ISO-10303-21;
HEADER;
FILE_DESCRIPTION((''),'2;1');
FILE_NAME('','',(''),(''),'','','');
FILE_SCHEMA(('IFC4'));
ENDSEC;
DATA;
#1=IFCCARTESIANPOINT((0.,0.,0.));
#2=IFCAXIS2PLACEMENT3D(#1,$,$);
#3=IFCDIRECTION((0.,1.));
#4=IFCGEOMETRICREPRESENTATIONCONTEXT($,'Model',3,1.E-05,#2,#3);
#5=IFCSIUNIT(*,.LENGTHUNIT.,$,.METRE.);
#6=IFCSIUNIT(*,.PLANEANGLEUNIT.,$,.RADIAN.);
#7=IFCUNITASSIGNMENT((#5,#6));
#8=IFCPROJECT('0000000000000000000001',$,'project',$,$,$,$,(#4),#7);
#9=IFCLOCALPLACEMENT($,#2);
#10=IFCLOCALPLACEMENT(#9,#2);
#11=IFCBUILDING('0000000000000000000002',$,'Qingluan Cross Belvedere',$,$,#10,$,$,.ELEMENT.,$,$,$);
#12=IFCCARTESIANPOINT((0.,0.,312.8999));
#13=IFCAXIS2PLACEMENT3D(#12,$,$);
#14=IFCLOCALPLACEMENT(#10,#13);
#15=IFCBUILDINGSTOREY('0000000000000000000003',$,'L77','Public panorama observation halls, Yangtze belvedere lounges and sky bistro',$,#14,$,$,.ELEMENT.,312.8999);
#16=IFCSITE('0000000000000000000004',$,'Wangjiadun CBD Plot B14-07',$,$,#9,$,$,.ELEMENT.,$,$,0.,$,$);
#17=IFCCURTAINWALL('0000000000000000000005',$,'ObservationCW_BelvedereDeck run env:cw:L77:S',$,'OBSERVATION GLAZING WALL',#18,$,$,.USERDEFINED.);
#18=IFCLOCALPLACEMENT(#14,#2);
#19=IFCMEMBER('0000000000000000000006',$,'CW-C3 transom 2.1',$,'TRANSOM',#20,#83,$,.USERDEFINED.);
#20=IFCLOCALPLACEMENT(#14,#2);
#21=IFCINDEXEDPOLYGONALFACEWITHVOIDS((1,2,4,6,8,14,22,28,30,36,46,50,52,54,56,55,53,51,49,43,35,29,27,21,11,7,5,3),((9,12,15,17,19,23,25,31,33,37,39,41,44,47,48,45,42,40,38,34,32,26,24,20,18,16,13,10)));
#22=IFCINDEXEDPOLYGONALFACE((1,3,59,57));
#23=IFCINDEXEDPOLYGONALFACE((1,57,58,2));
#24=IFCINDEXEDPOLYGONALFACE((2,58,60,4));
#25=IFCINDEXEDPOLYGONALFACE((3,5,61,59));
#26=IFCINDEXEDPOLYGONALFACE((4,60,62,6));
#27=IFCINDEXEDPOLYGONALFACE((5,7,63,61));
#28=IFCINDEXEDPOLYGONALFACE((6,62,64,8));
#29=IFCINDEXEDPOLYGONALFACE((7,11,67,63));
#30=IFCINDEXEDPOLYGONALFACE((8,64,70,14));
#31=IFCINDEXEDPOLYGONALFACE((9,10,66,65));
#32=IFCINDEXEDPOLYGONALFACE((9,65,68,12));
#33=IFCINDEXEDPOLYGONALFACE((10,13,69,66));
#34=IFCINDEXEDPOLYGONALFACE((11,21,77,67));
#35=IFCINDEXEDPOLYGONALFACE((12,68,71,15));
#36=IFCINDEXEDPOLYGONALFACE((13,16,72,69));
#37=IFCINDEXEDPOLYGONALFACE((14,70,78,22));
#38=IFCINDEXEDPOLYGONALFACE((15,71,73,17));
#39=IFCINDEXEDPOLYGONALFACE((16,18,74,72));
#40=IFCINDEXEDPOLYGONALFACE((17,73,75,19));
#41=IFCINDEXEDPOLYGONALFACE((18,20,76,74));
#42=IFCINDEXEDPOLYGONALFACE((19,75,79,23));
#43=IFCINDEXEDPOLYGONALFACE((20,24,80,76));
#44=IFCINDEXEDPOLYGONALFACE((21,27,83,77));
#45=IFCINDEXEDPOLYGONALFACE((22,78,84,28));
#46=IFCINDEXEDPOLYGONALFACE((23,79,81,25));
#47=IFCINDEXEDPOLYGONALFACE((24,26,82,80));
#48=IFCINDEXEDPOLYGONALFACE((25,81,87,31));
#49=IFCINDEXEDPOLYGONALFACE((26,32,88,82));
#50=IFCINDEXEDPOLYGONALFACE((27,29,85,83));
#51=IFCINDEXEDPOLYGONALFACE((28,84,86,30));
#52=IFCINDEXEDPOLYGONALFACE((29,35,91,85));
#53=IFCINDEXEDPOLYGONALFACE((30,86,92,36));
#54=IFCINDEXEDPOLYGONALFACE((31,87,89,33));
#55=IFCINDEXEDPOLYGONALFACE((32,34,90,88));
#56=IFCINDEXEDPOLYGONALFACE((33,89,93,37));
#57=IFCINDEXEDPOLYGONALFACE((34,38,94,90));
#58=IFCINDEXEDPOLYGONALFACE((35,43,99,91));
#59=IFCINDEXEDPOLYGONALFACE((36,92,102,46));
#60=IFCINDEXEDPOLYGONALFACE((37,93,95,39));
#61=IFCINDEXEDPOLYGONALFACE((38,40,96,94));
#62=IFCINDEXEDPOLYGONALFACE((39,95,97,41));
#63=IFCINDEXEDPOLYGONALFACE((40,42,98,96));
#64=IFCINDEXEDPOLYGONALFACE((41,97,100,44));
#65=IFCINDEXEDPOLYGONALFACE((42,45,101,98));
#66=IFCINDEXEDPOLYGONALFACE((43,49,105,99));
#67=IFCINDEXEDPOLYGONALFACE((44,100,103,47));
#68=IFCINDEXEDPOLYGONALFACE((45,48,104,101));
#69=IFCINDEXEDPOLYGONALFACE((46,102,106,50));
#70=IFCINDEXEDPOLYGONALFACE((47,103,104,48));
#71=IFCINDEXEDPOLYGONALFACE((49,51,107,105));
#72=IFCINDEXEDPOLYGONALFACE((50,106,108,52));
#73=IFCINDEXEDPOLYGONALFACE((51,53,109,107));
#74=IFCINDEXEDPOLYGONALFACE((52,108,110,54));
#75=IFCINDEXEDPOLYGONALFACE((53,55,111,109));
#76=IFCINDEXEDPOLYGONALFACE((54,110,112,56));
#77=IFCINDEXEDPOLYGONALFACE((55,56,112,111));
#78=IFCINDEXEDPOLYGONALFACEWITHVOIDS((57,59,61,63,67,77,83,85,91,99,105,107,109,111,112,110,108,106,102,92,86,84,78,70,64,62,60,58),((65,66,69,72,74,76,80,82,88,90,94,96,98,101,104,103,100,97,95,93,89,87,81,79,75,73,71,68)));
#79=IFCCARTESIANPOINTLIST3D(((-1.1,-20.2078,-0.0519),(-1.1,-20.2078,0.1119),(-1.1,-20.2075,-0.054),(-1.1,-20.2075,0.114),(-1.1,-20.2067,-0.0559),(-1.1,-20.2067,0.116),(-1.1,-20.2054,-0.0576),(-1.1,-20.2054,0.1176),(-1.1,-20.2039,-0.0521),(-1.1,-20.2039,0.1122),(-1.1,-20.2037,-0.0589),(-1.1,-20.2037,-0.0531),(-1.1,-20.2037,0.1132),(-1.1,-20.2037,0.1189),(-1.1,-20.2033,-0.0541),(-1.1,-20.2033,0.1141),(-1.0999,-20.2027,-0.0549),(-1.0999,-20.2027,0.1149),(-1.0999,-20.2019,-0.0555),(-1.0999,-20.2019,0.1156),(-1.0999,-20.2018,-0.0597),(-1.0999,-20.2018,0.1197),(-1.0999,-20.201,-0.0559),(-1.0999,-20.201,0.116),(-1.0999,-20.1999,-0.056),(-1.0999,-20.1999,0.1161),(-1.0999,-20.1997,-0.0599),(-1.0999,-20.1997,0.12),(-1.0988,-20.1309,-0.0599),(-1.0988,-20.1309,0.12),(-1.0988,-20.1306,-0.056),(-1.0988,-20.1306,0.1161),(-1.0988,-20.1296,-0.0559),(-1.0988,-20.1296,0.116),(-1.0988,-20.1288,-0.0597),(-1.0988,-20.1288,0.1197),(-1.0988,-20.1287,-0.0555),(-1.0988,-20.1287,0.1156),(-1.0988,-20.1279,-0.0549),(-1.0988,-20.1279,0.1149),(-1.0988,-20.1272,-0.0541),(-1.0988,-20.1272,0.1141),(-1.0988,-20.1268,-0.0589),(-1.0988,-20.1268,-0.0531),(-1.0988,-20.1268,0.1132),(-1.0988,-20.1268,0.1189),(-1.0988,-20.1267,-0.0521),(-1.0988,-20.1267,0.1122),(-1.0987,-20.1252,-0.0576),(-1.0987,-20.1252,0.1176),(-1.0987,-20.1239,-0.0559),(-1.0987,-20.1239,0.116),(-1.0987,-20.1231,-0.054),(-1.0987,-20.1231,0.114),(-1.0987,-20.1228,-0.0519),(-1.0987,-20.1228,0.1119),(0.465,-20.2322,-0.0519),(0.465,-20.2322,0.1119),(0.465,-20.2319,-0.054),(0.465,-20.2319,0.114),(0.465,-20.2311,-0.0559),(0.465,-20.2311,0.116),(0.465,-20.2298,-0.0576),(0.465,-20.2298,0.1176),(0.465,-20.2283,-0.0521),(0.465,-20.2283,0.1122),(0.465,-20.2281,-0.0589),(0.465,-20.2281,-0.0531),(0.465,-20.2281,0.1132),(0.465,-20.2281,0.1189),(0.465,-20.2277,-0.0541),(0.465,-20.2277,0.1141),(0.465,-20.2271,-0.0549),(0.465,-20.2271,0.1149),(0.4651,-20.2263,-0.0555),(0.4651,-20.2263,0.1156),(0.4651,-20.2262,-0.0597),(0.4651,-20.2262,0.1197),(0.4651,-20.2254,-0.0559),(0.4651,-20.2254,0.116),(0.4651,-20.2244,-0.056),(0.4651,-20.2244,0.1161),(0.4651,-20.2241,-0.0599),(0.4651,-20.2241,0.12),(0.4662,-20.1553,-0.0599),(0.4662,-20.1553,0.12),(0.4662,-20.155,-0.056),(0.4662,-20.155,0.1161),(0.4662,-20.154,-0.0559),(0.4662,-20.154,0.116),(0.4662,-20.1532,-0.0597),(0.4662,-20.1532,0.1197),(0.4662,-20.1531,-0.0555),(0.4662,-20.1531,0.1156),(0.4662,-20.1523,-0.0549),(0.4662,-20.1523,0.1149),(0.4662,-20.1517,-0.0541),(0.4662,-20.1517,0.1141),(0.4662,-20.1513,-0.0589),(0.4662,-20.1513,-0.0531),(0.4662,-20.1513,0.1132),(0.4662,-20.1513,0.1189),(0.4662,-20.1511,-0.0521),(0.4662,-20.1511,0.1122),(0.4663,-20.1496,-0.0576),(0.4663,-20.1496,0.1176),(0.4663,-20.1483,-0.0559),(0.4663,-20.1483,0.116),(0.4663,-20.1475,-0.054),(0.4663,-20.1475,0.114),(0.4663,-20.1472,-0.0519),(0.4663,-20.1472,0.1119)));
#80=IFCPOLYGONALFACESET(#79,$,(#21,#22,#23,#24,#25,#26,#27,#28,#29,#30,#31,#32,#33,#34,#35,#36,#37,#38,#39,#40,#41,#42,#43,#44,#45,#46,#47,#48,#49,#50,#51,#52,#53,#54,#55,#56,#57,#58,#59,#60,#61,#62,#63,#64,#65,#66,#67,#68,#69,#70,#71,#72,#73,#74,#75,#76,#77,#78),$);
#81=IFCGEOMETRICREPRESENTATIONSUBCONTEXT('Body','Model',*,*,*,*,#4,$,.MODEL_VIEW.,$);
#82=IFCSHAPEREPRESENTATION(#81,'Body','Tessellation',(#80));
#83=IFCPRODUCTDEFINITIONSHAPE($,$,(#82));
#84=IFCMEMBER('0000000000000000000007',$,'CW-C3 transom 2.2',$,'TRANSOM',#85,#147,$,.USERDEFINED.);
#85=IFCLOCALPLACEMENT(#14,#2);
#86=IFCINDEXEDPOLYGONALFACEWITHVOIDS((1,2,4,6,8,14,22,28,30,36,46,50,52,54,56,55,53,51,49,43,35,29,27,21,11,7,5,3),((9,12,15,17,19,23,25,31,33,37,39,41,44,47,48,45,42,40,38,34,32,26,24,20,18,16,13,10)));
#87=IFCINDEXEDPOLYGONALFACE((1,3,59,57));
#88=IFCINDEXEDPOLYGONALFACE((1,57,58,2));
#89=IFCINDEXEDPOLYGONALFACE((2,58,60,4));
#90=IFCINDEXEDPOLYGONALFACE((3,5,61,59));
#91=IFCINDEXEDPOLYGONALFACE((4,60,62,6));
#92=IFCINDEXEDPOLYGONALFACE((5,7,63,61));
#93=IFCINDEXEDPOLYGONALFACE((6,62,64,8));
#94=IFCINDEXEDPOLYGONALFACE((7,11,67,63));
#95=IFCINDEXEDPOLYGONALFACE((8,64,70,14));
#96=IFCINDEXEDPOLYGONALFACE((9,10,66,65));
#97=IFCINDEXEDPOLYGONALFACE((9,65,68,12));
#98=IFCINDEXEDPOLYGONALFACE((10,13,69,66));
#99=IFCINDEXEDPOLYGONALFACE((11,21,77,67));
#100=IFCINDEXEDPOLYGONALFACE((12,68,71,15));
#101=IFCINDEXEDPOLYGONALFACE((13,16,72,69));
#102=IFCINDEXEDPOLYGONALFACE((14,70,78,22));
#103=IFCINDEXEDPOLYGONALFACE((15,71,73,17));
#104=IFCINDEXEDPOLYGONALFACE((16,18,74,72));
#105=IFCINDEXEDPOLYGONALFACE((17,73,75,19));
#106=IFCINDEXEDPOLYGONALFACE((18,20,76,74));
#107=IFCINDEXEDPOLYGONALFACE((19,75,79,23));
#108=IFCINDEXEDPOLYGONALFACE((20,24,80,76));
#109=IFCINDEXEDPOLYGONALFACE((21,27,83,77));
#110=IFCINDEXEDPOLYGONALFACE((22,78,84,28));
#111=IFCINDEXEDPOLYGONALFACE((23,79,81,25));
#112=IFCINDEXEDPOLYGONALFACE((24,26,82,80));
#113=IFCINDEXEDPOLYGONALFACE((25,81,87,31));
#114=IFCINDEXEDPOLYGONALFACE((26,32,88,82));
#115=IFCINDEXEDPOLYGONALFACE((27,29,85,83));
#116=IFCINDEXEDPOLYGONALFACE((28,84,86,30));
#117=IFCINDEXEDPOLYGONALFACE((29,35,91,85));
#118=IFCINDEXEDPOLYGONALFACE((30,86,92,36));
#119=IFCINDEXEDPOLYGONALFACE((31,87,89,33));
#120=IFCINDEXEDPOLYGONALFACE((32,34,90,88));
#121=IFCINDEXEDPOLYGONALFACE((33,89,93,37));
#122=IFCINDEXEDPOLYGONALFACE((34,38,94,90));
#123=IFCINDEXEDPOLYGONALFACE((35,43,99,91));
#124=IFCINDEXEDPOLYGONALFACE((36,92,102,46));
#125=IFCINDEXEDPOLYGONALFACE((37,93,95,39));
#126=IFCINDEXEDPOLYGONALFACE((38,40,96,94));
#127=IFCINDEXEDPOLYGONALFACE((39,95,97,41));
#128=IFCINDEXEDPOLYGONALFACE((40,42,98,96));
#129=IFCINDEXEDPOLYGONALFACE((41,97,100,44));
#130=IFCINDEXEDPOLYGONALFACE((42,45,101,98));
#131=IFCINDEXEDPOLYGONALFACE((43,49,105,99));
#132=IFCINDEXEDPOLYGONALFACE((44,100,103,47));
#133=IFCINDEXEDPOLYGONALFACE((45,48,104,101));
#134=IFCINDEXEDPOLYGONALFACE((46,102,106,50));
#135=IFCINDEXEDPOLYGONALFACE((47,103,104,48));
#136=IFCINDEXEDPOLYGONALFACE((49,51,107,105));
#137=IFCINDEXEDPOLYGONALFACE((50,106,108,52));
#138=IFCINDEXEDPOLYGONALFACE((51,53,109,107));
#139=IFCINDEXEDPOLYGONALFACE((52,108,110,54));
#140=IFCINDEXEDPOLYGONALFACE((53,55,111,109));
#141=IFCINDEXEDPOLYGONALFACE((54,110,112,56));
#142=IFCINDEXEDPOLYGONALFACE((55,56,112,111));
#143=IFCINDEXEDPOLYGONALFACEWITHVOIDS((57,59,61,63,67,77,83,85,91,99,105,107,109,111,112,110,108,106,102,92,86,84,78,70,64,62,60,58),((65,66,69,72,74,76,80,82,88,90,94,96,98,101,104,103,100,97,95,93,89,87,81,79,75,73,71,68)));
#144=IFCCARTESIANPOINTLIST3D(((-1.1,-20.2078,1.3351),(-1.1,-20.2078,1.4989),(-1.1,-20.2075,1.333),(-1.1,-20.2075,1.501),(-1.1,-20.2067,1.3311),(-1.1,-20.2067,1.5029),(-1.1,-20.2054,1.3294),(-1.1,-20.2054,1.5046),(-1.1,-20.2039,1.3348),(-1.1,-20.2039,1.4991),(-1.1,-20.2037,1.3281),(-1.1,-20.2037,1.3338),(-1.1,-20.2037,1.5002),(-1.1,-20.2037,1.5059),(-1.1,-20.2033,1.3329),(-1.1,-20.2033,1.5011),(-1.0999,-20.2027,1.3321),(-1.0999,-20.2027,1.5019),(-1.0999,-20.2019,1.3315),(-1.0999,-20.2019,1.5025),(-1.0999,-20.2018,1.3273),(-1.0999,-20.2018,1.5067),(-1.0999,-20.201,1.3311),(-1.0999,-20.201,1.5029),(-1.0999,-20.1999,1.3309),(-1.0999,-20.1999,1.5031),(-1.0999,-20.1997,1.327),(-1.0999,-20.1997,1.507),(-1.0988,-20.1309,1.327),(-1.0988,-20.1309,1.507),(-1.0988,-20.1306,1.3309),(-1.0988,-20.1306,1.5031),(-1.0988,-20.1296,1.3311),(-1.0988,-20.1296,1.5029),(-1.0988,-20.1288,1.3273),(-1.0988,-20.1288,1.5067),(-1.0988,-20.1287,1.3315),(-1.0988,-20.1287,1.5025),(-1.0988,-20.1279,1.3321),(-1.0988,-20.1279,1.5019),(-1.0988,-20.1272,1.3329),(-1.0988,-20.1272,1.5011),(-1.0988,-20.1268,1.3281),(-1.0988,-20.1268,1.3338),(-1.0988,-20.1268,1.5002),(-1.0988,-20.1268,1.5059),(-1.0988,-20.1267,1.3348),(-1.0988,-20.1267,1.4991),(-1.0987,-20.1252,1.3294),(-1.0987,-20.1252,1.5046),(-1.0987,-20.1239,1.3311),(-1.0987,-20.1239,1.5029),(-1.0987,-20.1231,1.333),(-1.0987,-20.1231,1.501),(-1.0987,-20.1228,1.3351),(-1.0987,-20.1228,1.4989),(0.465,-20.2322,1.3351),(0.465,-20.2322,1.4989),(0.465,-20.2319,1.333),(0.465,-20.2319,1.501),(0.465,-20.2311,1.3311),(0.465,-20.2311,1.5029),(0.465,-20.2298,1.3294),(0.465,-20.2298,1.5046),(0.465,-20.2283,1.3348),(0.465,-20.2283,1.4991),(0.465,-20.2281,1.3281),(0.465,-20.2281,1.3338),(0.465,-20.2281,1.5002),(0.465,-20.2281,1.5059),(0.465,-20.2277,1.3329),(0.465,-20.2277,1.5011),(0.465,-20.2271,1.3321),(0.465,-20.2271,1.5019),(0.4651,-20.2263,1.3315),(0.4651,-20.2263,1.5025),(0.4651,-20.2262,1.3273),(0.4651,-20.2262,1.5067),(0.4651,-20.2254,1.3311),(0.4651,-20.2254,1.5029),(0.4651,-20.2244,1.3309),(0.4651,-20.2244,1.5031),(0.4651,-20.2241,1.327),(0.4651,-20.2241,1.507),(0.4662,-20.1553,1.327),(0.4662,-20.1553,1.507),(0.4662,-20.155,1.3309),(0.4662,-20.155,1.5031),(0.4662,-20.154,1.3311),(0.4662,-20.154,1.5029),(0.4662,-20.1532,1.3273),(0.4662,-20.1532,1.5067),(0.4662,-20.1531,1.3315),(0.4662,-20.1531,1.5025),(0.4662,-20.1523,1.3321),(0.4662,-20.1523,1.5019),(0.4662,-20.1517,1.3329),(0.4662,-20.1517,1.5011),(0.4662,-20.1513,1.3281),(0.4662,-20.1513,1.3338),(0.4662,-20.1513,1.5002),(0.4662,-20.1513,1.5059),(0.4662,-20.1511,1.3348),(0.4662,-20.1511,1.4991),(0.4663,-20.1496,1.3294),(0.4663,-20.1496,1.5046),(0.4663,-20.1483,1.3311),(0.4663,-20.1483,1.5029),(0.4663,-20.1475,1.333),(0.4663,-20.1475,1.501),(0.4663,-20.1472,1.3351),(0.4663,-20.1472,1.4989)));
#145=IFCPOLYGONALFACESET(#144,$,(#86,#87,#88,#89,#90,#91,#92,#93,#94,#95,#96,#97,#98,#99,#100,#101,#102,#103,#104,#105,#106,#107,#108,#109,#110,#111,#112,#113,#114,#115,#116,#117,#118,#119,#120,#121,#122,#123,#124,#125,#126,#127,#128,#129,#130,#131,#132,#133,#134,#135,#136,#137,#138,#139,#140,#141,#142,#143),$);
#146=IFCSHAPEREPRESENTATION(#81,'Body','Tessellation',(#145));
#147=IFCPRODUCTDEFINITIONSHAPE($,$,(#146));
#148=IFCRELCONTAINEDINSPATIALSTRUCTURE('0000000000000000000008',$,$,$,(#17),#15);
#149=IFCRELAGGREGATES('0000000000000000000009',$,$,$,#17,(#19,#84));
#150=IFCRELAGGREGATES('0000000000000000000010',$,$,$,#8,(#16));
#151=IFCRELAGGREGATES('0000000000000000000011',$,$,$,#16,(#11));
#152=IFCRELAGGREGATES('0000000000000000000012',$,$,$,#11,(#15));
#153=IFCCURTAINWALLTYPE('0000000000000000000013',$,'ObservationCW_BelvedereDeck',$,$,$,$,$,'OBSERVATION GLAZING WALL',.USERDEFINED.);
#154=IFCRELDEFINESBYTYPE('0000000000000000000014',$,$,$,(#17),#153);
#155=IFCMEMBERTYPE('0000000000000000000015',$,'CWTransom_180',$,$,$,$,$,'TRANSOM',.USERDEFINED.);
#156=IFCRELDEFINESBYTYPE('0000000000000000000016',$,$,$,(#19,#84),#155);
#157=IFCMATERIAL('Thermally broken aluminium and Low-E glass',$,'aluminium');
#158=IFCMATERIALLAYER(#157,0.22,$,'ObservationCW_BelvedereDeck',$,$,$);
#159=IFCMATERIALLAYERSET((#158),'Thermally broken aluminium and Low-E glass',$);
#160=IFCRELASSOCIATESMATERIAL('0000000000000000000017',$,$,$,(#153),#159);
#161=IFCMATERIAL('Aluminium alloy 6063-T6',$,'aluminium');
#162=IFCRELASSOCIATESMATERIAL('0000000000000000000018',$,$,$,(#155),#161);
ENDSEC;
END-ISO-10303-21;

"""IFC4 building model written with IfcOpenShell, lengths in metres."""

from ifc_helpers import new_model, si_unit, direction, frame, origin, origin_2d, place, context, subcontext, project, spatial, hollow_rectangle, extrude, material, layer, layer_set, material_profile, profile_set, type_object, element, aggregate, save


model = new_model("IFC4")

# Units and contexts
model_context = context("Model", 3, precision=1e-05, world=origin(), true_north=direction((0.0, 1.0)))
body_context = subcontext(model_context, "Body", "Model", "MODEL_VIEW")
ifc_project = project(units=[si_unit("LENGTHUNIT", "METRE"), si_unit("PLANEANGLEUNIT", "RADIAN")], contexts=[model_context])

# Site, building, storey
site_placement = place(None, origin())
site = spatial("IfcSite", under=ifc_project, at=site_placement, Name="Wangjiadun CBD Plot B14-07", CompositionType="ELEMENT", RefElevation=0.0)
building_placement = place(site_placement, origin())
building = spatial("IfcBuilding", under=site, at=building_placement, Name="Qingluan Cross Belvedere", CompositionType="ELEMENT")
storey_placement = place(building_placement, frame((0.0, 0.0, 312.8999)))
storey = spatial("IfcBuildingStorey", under=building, at=storey_placement, Name="L77", Description="Public panorama observation halls, Yangtze belvedere lounges and sky bistro", CompositionType="ELEMENT", Elevation=312.8999)

# Curtain wall, members
ifc_material_1 = material(Name="Thermally broken aluminium and Low-E glass", Category="aluminium")
ifc_layer_1 = layer(ifc_material_1, 0.22, Name="ObservationCW_BelvedereDeck")
ifc_layer_set_1 = layer_set([ifc_layer_1], Name="Thermally broken aluminium and Low-E glass")
curtain_wall_type = type_object("IfcCurtainWallType", Name="ObservationCW_BelvedereDeck", ElementType="OBSERVATION GLAZING WALL", PredefinedType="USERDEFINED", material=ifc_layer_set_1)
curtain_wall_placement = place(storey_placement, origin())
curtain_wall = element("IfcCurtainWall", 1, at=curtain_wall_placement, inside=storey, type_object=curtain_wall_type, Name="ObservationCW_BelvedereDeck run env:cw:L77:S", ObjectType="OBSERVATION GLAZING WALL", PredefinedType="USERDEFINED")
ifc_material_2 = material(Name="Aluminium alloy 6063-T6", Category="aluminium")
ifc_material_profile_1 = material_profile(ifc_material_2, hollow_rectangle(XDim=0.085, YDim=0.1799, WallThickness=0.0039, InnerFilletRadius=0.0039, OuterFilletRadius=0.0081, at=origin_2d()), Name="CWT180x85x4")
ifc_profile_set_1 = profile_set([ifc_material_profile_1], Name="Aluminium alloy 6063-T6")
member_type_1 = type_object("IfcMemberType", Name="CWTransom_180", ElementType="TRANSOM", PredefinedType="USERDEFINED", material=ifc_profile_set_1)
member_1_placement = place(storey_placement, frame((-1.0994, -20.1653, 0.03), z_axis=(0.999878, -0.015599, 0.0), x_axis=(0.015599, 0.999878, 0.0)))
member_1 = element("IfcMember", 2, at=member_1_placement, type_object=member_type_1, Name="CW-C3 transom 2.1", ObjectType="TRANSOM", PredefinedType="USERDEFINED", context=body_context, shape_type="SweptSolid", body=[
    extrude(hollow_rectangle(XDim=0.085, YDim=0.1799, WallThickness=0.0039, InnerFilletRadius=0.0039, OuterFilletRadius=0.0081, at=origin_2d()), origin(), (0.0, 0.0, 1.0), 1.5652),
])
member_2_placement = place(storey_placement, frame((-1.0994, -20.1653, 1.417), z_axis=(0.999878, -0.015599, 0.0), x_axis=(0.015599, 0.999878, 0.0)))
member_2 = element("IfcMember", 3, at=member_2_placement, type_object=member_type_1, Name="CW-C3 transom 2.2", ObjectType="TRANSOM", PredefinedType="USERDEFINED", context=body_context, shape_type="SweptSolid", body=[
    extrude(hollow_rectangle(XDim=0.085, YDim=0.1799, WallThickness=0.0039, InnerFilletRadius=0.0039, OuterFilletRadius=0.0081, at=origin_2d()), origin(), (0.0, 0.0, 1.0), 1.5652),
])
aggregate(curtain_wall, [member_1, member_2])

save(model, "model.ifc")
